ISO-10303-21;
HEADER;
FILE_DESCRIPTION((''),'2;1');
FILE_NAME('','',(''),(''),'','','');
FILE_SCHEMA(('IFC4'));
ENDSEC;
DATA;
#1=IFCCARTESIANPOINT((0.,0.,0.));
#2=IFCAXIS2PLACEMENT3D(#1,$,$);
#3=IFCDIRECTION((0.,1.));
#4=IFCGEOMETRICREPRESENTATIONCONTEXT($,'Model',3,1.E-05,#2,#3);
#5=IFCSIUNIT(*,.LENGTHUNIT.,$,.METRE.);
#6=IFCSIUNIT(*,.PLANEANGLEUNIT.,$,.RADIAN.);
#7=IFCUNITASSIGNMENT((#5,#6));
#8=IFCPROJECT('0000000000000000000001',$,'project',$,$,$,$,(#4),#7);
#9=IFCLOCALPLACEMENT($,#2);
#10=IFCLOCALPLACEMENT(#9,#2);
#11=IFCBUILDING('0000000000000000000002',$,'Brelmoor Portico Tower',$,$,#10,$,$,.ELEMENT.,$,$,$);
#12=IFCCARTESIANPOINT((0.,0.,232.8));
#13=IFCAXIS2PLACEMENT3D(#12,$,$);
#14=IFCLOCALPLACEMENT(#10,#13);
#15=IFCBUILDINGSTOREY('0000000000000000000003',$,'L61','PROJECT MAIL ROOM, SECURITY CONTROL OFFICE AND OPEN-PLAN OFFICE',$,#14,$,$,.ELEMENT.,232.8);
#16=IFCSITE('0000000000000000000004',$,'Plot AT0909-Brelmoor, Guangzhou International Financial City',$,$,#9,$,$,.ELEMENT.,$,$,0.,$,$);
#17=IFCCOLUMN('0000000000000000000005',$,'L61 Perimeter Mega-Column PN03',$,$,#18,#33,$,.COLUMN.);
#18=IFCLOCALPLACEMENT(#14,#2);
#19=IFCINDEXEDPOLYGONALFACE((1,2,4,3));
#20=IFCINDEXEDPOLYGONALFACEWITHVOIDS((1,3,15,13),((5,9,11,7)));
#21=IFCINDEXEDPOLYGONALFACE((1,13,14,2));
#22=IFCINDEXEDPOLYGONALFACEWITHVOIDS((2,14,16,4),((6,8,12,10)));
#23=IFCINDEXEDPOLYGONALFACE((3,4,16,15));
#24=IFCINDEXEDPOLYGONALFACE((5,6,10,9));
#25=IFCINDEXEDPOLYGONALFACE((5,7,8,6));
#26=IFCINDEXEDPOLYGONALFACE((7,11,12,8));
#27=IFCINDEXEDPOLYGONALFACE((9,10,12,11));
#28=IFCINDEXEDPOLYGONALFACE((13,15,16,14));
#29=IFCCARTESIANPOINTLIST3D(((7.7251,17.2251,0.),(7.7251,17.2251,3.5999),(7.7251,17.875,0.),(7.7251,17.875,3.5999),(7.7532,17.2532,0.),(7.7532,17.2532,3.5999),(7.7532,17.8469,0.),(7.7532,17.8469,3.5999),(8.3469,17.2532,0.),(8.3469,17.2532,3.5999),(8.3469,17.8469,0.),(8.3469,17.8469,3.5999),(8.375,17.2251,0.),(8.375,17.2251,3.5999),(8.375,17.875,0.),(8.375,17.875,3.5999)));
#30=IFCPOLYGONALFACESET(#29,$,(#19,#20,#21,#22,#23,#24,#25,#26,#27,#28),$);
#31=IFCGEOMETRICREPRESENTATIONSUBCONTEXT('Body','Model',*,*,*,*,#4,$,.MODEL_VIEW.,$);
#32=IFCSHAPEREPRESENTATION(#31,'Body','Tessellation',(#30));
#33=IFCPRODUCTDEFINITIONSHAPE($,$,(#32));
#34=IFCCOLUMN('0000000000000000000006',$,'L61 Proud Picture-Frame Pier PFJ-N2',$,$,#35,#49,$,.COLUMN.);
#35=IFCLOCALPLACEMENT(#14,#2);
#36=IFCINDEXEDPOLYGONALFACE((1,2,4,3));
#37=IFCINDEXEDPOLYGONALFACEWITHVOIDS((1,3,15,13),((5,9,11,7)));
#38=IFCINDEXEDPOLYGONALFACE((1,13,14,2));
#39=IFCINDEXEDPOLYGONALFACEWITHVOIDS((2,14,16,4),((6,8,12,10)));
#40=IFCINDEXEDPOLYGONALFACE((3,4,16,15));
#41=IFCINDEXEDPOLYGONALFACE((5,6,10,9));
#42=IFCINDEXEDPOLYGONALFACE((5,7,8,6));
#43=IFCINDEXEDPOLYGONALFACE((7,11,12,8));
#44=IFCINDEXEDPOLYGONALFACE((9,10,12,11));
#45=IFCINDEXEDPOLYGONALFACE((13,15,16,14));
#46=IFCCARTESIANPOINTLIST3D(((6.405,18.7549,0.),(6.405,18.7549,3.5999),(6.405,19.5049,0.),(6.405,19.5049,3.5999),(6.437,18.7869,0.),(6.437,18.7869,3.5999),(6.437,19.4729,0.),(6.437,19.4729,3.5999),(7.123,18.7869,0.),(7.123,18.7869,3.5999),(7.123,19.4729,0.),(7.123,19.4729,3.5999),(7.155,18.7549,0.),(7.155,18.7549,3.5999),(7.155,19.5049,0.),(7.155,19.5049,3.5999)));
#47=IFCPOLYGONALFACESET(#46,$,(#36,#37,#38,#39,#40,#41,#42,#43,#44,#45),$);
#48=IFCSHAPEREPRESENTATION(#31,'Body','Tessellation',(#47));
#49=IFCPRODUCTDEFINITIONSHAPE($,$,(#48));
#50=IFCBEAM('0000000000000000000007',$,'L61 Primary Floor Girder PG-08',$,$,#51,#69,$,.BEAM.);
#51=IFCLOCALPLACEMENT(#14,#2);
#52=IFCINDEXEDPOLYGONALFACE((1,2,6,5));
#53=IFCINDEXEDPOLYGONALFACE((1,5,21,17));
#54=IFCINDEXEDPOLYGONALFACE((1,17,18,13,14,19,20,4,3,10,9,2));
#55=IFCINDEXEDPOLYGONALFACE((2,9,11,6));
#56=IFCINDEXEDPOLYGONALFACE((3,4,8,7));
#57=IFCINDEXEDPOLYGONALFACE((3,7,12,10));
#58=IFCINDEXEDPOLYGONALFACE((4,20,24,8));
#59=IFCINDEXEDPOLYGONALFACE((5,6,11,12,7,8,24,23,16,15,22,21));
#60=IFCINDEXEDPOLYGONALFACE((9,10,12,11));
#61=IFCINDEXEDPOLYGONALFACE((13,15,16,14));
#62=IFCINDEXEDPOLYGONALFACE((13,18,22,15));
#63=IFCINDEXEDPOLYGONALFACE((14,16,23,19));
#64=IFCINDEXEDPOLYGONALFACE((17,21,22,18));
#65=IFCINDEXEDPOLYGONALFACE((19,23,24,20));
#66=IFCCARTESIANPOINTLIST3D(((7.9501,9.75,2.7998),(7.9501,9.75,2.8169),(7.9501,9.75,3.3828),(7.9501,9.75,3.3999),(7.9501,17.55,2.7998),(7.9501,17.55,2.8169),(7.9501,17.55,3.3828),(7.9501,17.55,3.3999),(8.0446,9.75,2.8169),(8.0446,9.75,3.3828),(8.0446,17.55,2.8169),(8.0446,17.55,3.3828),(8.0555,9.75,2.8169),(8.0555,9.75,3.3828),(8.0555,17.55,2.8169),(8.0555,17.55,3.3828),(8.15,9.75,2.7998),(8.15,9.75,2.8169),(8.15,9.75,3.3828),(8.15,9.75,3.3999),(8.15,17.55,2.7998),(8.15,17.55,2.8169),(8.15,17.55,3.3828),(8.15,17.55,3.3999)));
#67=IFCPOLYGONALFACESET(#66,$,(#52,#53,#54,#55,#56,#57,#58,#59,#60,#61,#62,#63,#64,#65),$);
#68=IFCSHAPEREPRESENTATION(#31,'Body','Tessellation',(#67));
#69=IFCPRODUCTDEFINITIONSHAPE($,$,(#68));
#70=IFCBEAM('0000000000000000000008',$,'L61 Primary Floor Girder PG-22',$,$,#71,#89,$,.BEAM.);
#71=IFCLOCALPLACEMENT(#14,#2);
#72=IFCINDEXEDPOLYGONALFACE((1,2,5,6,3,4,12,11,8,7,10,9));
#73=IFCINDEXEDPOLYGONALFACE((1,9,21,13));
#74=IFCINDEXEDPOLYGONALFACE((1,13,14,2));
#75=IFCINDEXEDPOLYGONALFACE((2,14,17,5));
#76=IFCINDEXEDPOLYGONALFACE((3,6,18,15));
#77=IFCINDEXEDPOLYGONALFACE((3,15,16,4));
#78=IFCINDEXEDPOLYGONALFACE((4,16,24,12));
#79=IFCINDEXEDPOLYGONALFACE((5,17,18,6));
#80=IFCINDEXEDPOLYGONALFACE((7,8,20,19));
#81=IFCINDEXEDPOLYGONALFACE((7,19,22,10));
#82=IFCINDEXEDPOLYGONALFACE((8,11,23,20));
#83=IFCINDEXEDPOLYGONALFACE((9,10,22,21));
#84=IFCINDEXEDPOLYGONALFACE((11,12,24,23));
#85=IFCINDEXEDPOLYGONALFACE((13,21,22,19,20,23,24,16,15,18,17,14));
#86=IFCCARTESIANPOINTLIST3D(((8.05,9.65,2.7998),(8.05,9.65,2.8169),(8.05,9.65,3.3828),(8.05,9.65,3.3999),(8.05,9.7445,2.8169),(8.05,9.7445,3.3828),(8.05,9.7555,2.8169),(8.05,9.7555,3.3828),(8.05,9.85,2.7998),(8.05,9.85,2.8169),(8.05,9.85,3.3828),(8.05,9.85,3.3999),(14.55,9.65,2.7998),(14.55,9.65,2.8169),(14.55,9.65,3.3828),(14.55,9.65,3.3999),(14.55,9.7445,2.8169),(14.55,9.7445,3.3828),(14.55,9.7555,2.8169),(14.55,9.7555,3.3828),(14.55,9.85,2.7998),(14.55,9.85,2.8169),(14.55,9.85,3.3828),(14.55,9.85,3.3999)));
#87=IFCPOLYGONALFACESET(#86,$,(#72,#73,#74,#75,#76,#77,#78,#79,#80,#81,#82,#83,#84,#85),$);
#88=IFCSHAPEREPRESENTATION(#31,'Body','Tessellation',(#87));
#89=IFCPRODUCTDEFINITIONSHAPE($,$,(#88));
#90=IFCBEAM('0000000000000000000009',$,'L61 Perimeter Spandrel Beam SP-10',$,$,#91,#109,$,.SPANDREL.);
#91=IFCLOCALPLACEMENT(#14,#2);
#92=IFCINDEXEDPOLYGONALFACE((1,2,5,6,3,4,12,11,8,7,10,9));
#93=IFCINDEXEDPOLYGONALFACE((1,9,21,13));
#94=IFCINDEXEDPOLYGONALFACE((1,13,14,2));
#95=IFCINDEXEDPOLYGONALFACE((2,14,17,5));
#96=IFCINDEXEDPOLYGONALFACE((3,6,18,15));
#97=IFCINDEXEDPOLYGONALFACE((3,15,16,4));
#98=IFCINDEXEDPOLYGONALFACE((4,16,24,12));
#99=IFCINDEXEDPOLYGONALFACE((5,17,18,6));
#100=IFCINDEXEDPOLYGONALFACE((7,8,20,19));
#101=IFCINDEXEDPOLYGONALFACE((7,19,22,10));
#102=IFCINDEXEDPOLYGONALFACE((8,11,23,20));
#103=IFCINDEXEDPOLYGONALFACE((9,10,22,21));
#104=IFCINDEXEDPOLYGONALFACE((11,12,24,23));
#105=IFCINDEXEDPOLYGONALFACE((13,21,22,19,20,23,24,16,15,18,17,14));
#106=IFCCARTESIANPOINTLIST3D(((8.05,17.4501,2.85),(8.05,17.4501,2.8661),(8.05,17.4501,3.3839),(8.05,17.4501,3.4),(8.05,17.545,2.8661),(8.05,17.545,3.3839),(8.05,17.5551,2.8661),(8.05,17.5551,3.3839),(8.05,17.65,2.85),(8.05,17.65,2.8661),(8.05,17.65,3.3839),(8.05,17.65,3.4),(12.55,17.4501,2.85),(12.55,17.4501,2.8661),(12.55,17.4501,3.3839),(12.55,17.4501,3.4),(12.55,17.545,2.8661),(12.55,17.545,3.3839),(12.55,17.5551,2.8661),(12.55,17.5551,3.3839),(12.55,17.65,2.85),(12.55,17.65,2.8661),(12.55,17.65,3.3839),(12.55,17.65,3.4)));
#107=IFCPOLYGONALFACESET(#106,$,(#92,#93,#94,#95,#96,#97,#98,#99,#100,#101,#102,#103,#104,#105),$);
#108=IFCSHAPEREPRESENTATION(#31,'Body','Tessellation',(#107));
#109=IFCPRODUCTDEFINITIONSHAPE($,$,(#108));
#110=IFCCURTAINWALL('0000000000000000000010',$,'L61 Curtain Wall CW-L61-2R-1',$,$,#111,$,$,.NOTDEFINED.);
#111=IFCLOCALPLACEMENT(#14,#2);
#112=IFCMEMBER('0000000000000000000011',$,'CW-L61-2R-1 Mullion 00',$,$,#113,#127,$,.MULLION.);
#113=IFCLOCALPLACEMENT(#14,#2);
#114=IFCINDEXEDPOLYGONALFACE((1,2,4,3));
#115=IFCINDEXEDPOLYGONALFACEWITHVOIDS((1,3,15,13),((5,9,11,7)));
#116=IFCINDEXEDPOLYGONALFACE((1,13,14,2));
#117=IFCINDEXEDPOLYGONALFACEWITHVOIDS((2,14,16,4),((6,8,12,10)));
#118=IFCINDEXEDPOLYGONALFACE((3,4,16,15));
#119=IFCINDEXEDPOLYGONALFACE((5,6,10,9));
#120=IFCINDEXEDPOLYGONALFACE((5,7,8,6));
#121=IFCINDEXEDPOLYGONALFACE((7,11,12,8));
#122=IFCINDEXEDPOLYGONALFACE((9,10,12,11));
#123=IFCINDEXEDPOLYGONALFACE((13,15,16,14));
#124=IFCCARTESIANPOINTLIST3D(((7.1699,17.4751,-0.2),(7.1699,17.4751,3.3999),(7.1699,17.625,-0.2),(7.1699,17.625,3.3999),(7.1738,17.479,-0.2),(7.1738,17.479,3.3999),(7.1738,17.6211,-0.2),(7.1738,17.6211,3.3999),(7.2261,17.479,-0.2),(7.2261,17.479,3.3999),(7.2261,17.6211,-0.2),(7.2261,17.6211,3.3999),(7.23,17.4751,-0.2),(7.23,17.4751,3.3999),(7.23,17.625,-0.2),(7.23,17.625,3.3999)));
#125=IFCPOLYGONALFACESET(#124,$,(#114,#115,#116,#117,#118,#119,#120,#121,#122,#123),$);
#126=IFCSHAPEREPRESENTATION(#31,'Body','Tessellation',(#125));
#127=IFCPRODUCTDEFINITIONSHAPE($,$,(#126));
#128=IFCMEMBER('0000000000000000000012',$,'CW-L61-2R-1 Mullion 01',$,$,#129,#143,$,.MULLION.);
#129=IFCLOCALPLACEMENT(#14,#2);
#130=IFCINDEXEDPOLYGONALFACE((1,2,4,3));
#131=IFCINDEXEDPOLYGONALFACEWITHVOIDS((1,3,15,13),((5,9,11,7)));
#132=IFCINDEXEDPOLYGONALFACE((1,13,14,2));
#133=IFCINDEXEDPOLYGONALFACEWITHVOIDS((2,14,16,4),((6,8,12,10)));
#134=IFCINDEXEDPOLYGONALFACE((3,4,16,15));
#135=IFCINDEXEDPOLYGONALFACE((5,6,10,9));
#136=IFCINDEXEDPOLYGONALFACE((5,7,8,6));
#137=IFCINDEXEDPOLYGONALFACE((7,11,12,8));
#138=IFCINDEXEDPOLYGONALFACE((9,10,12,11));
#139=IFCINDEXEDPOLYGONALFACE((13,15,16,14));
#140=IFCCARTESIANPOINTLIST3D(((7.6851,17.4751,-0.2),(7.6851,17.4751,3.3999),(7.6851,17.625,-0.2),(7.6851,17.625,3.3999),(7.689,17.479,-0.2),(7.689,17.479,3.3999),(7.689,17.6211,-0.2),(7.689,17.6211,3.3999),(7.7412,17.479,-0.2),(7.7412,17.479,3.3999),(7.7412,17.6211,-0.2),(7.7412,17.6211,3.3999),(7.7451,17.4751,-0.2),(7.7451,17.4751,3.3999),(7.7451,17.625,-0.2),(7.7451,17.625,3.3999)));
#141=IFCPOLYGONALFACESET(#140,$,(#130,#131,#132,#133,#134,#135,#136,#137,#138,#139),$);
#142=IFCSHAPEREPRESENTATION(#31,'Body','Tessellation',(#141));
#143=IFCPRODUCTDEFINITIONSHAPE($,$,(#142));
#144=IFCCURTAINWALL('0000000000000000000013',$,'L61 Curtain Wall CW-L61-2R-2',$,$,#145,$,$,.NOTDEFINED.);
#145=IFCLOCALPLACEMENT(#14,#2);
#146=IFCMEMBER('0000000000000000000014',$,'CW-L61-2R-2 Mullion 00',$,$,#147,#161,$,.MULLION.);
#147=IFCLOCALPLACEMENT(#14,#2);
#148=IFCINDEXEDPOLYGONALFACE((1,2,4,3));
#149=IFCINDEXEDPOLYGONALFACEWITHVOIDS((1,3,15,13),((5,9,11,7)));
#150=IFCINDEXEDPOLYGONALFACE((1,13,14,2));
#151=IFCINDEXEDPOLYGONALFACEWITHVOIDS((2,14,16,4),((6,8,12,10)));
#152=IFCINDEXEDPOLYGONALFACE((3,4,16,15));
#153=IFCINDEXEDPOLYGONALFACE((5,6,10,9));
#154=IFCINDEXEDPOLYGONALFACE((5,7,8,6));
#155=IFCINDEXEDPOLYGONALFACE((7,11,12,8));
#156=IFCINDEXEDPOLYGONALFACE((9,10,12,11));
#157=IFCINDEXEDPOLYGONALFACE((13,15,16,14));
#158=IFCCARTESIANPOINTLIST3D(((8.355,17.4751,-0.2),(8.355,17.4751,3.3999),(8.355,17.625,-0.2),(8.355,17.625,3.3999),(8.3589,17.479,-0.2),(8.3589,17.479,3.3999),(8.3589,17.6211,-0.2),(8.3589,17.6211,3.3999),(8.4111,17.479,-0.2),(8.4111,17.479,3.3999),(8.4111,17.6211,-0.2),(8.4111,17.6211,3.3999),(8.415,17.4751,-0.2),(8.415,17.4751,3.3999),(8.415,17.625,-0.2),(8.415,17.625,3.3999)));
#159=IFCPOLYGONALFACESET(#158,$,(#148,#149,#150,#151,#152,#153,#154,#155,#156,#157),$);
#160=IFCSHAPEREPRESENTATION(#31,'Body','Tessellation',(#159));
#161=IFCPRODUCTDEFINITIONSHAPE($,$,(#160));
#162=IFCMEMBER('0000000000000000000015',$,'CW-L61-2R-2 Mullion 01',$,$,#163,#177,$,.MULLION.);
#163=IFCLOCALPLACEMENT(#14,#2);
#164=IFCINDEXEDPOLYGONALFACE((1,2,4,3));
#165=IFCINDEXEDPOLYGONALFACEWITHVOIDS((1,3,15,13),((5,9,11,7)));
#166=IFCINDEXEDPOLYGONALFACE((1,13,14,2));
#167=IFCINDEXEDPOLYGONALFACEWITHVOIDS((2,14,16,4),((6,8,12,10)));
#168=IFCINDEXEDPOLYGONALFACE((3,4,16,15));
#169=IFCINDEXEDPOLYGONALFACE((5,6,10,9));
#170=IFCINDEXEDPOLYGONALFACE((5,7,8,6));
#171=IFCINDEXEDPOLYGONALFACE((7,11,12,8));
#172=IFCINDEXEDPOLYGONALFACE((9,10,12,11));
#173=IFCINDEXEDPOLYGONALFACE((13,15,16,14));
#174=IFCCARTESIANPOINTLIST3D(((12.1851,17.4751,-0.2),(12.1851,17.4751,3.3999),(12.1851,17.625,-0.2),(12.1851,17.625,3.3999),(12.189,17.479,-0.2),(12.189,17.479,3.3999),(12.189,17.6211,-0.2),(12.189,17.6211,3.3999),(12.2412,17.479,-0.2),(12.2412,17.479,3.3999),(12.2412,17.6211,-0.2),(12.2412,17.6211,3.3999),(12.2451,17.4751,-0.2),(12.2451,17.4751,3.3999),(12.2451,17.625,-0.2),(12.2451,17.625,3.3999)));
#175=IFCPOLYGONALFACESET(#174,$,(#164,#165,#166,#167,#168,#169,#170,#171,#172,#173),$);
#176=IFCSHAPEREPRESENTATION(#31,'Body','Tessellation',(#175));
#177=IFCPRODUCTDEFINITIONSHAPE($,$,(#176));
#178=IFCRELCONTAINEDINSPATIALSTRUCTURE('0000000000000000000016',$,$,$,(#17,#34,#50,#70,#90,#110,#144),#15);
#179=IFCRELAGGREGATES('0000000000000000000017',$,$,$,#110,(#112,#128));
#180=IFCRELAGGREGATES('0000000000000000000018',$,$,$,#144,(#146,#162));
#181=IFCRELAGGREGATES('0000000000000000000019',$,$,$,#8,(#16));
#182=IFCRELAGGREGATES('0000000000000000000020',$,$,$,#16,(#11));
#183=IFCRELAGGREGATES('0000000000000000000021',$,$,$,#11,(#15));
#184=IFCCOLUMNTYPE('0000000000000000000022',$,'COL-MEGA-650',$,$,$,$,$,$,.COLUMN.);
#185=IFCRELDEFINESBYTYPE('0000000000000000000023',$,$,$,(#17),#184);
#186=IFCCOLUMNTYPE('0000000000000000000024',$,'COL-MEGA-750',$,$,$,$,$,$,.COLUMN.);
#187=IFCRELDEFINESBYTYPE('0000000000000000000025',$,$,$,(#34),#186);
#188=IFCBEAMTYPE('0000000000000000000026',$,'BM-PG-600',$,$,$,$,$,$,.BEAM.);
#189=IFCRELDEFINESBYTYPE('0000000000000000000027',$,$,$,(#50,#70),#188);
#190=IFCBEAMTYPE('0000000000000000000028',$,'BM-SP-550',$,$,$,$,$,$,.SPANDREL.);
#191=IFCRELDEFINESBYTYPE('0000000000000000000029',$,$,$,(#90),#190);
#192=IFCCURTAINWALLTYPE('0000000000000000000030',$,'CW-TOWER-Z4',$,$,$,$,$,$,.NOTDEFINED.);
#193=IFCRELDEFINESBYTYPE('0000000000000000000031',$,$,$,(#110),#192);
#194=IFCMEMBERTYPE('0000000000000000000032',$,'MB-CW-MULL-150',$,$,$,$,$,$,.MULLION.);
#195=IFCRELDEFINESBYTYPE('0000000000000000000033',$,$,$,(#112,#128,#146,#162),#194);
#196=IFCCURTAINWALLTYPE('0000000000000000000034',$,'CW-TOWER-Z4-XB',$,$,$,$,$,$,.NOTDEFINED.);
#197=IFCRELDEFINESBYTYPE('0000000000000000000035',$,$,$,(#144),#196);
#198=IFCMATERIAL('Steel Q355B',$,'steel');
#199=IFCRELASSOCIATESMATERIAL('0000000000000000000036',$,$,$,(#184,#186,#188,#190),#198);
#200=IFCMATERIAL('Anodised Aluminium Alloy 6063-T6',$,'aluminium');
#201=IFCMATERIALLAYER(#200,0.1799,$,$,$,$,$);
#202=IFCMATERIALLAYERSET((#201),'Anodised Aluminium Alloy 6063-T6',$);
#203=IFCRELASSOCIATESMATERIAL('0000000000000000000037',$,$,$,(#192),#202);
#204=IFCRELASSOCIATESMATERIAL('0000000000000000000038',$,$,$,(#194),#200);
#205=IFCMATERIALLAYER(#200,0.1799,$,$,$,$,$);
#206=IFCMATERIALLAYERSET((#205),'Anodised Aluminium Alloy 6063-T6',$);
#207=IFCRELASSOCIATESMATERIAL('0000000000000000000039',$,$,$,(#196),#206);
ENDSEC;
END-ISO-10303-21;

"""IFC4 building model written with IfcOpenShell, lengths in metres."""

from ifc_helpers import new_model, si_unit, direction, frame, origin, origin_2d, place, context, subcontext, project, spatial, hollow_rectangle, i_section, extrude, material, layer, layer_set, material_profile, profile_set, type_object, element, aggregate, save


model = new_model("IFC4")

# Units and contexts
model_context = context("Model", 3, precision=1e-05, world=origin(), true_north=direction((0.0, 1.0)))
body_context = subcontext(model_context, "Body", "Model", "MODEL_VIEW")
ifc_project = project(units=[si_unit("LENGTHUNIT", "METRE"), si_unit("PLANEANGLEUNIT", "RADIAN")], contexts=[model_context])

# Site, building, storey
site_placement = place(None, origin())
site = spatial("IfcSite", under=ifc_project, at=site_placement, Name="Plot AT0909-Brelmoor, Guangzhou International Financial City", CompositionType="ELEMENT", RefElevation=0.0)
building_placement = place(site_placement, origin())
building = spatial("IfcBuilding", under=site, at=building_placement, Name="Brelmoor Portico Tower", CompositionType="ELEMENT")
storey_placement = place(building_placement, frame((0.0, 0.0, 232.8)))
storey = spatial("IfcBuildingStorey", under=building, at=storey_placement, Name="L61", Description="PROJECT MAIL ROOM, SECURITY CONTROL OFFICE AND OPEN-PLAN OFFICE", CompositionType="ELEMENT", Elevation=232.8)

# Columns
ifc_material_1 = material(Name="Steel Q355B", Category="steel")
ifc_material_profile_1 = material_profile(ifc_material_1, hollow_rectangle(XDim=0.6499, YDim=0.6499, WallThickness=0.0281, at=origin_2d()), Name="BOX 650x650x28")
ifc_profile_set_1 = profile_set([ifc_material_profile_1], Name="Steel Q355B")
column_type_1 = type_object("IfcColumnType", Name="COL-MEGA-650", PredefinedType="COLUMN", material=ifc_profile_set_1)
column_1_placement = place(storey_placement, frame((8.05, 17.55, 0.0), z_axis=(0.0, 0.0, 1.0), x_axis=(1.0, 0.0, 0.0)))
element("IfcColumn", 1, at=column_1_placement, inside=storey, type_object=column_type_1, Name="L61 Perimeter Mega-Column PN03", PredefinedType="COLUMN", context=body_context, shape_type="SweptSolid", body=[
    extrude(hollow_rectangle(XDim=0.6499, YDim=0.6499, WallThickness=0.0281, at=origin_2d()), origin(), (0.0, 0.0, 1.0), 3.5999),
])
ifc_material_profile_2 = material_profile(ifc_material_1, hollow_rectangle(XDim=0.75, YDim=0.75, WallThickness=0.032, at=origin_2d()), Name="BOX 750x750x32")
ifc_profile_set_2 = profile_set([ifc_material_profile_2], Name="Steel Q355B")
column_type_2 = type_object("IfcColumnType", Name="COL-MEGA-750", PredefinedType="COLUMN", material=ifc_profile_set_2)
column_2_placement = place(storey_placement, frame((6.78, 19.1299, 0.0), z_axis=(0.0, 0.0, 1.0), x_axis=(1.0, 0.0, 0.0)))
element("IfcColumn", 2, at=column_2_placement, inside=storey, type_object=column_type_2, Name="L61 Proud Picture-Frame Pier PFJ-N2", PredefinedType="COLUMN", context=body_context, shape_type="SweptSolid", body=[
    extrude(hollow_rectangle(XDim=0.75, YDim=0.75, WallThickness=0.032, at=origin_2d()), origin(), (0.0, 0.0, 1.0), 3.5999),
])

# Beams
ifc_material_profile_3 = material_profile(ifc_material_1, i_section(OverallWidth=0.2, OverallDepth=0.6001, WebThickness=0.011, FlangeThickness=0.0171, at=origin_2d()), Name="HN 600x200x11x17")
ifc_profile_set_3 = profile_set([ifc_material_profile_3], Name="Steel Q355B")
beam_type_1 = type_object("IfcBeamType", Name="BM-PG-600", PredefinedType="BEAM", material=ifc_profile_set_3)
beam_1_placement = place(storey_placement, frame((8.05, 9.75, 3.0999), z_axis=(0.0, 1.0, 0.0), x_axis=(-1.0, 0.0, 0.0)))
element("IfcBeam", 3, at=beam_1_placement, inside=storey, type_object=beam_type_1, Name="L61 Primary Floor Girder PG-08", PredefinedType="BEAM", context=body_context, shape_type="SweptSolid", body=[
    extrude(i_section(OverallWidth=0.2, OverallDepth=0.6001, WebThickness=0.011, FlangeThickness=0.0171, at=origin_2d()), origin(), (0.0, 0.0, 1.0), 7.8),
])
beam_2_placement = place(storey_placement, frame((8.05, 9.75, 3.0999), z_axis=(1.0, 0.0, 0.0), x_axis=(0.0, 1.0, 0.0)))
element("IfcBeam", 4, at=beam_2_placement, inside=storey, type_object=beam_type_1, Name="L61 Primary Floor Girder PG-22", PredefinedType="BEAM", context=body_context, shape_type="SweptSolid", body=[
    extrude(i_section(OverallWidth=0.2, OverallDepth=0.6001, WebThickness=0.011, FlangeThickness=0.0171, at=origin_2d()), origin(), (0.0, 0.0, 1.0), 6.5),
])
ifc_material_profile_4 = material_profile(ifc_material_1, i_section(OverallWidth=0.2, OverallDepth=0.55, WebThickness=0.01, FlangeThickness=0.0161, at=origin_2d()), Name="HN 550x200x10x16")
ifc_profile_set_4 = profile_set([ifc_material_profile_4], Name="Steel Q355B")
beam_type_2 = type_object("IfcBeamType", Name="BM-SP-550", PredefinedType="SPANDREL", material=ifc_profile_set_4)
beam_3_placement = place(storey_placement, frame((8.05, 17.55, 3.125), z_axis=(1.0, 0.0, 0.0), x_axis=(0.0, 1.0, 0.0)))
element("IfcBeam", 5, at=beam_3_placement, inside=storey, type_object=beam_type_2, Name="L61 Perimeter Spandrel Beam SP-10", PredefinedType="SPANDREL", context=body_context, shape_type="SweptSolid", body=[
    extrude(i_section(OverallWidth=0.2, OverallDepth=0.55, WebThickness=0.01, FlangeThickness=0.0161, at=origin_2d()), origin(), (0.0, 0.0, 1.0), 4.5),
])

# Curtain walls, members
ifc_material_2 = material(Name="Anodised Aluminium Alloy 6063-T6", Category="aluminium")
ifc_layer_1 = layer(ifc_material_2, 0.1799)
ifc_layer_set_1 = layer_set([ifc_layer_1], Name="Anodised Aluminium Alloy 6063-T6")
curtain_wall_type_1 = type_object("IfcCurtainWallType", Name="CW-TOWER-Z4", PredefinedType="NOTDEFINED", material=ifc_layer_set_1)
curtain_wall_1_placement = place(storey_placement, origin())
curtain_wall_1 = element("IfcCurtainWall", 6, at=curtain_wall_1_placement, inside=storey, type_object=curtain_wall_type_1, Name="L61 Curtain Wall CW-L61-2R-1", PredefinedType="NOTDEFINED")
ifc_material_profile_5 = material_profile(ifc_material_2, hollow_rectangle(XDim=0.0601, YDim=0.1499, WallThickness=0.0039, at=origin_2d()), Name="ALU MULLION 60x150")
ifc_profile_set_5 = profile_set([ifc_material_profile_5], Name="Anodised Aluminium Alloy 6063-T6")
member_type_1 = type_object("IfcMemberType", Name="MB-CW-MULL-150", PredefinedType="MULLION", material=ifc_profile_set_5)
member_1_placement = place(storey_placement, frame((7.2, 17.55, -0.2), z_axis=(0.0, 0.0, 1.0), x_axis=(1.0, 0.0, 0.0)))
member_1 = element("IfcMember", 7, at=member_1_placement, type_object=member_type_1, Name="CW-L61-2R-1 Mullion 00", PredefinedType="MULLION", context=body_context, shape_type="SweptSolid", body=[
    extrude(hollow_rectangle(XDim=0.0601, YDim=0.1499, WallThickness=0.0039, at=origin_2d()), origin(), (0.0, 0.0, 1.0), 3.5999),
])
member_2_placement = place(storey_placement, frame((7.7151, 17.55, -0.2), z_axis=(0.0, 0.0, 1.0), x_axis=(1.0, 0.0, 0.0)))
member_2 = element("IfcMember", 8, at=member_2_placement, type_object=member_type_1, Name="CW-L61-2R-1 Mullion 01", PredefinedType="MULLION", context=body_context, shape_type="SweptSolid", body=[
    extrude(hollow_rectangle(XDim=0.0601, YDim=0.1499, WallThickness=0.0039, at=origin_2d()), origin(), (0.0, 0.0, 1.0), 3.5999),
])
ifc_layer_2 = layer(ifc_material_2, 0.1799)
ifc_layer_set_2 = layer_set([ifc_layer_2], Name="Anodised Aluminium Alloy 6063-T6")
curtain_wall_type_2 = type_object("IfcCurtainWallType", Name="CW-TOWER-Z4-XB", PredefinedType="NOTDEFINED", material=ifc_layer_set_2)
curtain_wall_2_placement = place(storey_placement, origin())
curtain_wall_2 = element("IfcCurtainWall", 9, at=curtain_wall_2_placement, inside=storey, type_object=curtain_wall_type_2, Name="L61 Curtain Wall CW-L61-2R-2", PredefinedType="NOTDEFINED")
member_3_placement = place(storey_placement, frame((8.385, 17.55, -0.2), z_axis=(0.0, 0.0, 1.0), x_axis=(1.0, 0.0, 0.0)))
member_3 = element("IfcMember", 10, at=member_3_placement, type_object=member_type_1, Name="CW-L61-2R-2 Mullion 00", PredefinedType="MULLION", context=body_context, shape_type="SweptSolid", body=[
    extrude(hollow_rectangle(XDim=0.0601, YDim=0.1499, WallThickness=0.0039, at=origin_2d()), origin(), (0.0, 0.0, 1.0), 3.5999),
])
member_4_placement = place(storey_placement, frame((12.2151, 17.55, -0.2), z_axis=(0.0, 0.0, 1.0), x_axis=(1.0, 0.0, 0.0)))
member_4 = element("IfcMember", 11, at=member_4_placement, type_object=member_type_1, Name="CW-L61-2R-2 Mullion 01", PredefinedType="MULLION", context=body_context, shape_type="SweptSolid", body=[
    extrude(hollow_rectangle(XDim=0.0601, YDim=0.1499, WallThickness=0.0039, at=origin_2d()), origin(), (0.0, 0.0, 1.0), 3.5999),
])

aggregate(curtain_wall_1, [member_1, member_2])
aggregate(curtain_wall_2, [member_3, member_4])

save(model, "model.ifc")
